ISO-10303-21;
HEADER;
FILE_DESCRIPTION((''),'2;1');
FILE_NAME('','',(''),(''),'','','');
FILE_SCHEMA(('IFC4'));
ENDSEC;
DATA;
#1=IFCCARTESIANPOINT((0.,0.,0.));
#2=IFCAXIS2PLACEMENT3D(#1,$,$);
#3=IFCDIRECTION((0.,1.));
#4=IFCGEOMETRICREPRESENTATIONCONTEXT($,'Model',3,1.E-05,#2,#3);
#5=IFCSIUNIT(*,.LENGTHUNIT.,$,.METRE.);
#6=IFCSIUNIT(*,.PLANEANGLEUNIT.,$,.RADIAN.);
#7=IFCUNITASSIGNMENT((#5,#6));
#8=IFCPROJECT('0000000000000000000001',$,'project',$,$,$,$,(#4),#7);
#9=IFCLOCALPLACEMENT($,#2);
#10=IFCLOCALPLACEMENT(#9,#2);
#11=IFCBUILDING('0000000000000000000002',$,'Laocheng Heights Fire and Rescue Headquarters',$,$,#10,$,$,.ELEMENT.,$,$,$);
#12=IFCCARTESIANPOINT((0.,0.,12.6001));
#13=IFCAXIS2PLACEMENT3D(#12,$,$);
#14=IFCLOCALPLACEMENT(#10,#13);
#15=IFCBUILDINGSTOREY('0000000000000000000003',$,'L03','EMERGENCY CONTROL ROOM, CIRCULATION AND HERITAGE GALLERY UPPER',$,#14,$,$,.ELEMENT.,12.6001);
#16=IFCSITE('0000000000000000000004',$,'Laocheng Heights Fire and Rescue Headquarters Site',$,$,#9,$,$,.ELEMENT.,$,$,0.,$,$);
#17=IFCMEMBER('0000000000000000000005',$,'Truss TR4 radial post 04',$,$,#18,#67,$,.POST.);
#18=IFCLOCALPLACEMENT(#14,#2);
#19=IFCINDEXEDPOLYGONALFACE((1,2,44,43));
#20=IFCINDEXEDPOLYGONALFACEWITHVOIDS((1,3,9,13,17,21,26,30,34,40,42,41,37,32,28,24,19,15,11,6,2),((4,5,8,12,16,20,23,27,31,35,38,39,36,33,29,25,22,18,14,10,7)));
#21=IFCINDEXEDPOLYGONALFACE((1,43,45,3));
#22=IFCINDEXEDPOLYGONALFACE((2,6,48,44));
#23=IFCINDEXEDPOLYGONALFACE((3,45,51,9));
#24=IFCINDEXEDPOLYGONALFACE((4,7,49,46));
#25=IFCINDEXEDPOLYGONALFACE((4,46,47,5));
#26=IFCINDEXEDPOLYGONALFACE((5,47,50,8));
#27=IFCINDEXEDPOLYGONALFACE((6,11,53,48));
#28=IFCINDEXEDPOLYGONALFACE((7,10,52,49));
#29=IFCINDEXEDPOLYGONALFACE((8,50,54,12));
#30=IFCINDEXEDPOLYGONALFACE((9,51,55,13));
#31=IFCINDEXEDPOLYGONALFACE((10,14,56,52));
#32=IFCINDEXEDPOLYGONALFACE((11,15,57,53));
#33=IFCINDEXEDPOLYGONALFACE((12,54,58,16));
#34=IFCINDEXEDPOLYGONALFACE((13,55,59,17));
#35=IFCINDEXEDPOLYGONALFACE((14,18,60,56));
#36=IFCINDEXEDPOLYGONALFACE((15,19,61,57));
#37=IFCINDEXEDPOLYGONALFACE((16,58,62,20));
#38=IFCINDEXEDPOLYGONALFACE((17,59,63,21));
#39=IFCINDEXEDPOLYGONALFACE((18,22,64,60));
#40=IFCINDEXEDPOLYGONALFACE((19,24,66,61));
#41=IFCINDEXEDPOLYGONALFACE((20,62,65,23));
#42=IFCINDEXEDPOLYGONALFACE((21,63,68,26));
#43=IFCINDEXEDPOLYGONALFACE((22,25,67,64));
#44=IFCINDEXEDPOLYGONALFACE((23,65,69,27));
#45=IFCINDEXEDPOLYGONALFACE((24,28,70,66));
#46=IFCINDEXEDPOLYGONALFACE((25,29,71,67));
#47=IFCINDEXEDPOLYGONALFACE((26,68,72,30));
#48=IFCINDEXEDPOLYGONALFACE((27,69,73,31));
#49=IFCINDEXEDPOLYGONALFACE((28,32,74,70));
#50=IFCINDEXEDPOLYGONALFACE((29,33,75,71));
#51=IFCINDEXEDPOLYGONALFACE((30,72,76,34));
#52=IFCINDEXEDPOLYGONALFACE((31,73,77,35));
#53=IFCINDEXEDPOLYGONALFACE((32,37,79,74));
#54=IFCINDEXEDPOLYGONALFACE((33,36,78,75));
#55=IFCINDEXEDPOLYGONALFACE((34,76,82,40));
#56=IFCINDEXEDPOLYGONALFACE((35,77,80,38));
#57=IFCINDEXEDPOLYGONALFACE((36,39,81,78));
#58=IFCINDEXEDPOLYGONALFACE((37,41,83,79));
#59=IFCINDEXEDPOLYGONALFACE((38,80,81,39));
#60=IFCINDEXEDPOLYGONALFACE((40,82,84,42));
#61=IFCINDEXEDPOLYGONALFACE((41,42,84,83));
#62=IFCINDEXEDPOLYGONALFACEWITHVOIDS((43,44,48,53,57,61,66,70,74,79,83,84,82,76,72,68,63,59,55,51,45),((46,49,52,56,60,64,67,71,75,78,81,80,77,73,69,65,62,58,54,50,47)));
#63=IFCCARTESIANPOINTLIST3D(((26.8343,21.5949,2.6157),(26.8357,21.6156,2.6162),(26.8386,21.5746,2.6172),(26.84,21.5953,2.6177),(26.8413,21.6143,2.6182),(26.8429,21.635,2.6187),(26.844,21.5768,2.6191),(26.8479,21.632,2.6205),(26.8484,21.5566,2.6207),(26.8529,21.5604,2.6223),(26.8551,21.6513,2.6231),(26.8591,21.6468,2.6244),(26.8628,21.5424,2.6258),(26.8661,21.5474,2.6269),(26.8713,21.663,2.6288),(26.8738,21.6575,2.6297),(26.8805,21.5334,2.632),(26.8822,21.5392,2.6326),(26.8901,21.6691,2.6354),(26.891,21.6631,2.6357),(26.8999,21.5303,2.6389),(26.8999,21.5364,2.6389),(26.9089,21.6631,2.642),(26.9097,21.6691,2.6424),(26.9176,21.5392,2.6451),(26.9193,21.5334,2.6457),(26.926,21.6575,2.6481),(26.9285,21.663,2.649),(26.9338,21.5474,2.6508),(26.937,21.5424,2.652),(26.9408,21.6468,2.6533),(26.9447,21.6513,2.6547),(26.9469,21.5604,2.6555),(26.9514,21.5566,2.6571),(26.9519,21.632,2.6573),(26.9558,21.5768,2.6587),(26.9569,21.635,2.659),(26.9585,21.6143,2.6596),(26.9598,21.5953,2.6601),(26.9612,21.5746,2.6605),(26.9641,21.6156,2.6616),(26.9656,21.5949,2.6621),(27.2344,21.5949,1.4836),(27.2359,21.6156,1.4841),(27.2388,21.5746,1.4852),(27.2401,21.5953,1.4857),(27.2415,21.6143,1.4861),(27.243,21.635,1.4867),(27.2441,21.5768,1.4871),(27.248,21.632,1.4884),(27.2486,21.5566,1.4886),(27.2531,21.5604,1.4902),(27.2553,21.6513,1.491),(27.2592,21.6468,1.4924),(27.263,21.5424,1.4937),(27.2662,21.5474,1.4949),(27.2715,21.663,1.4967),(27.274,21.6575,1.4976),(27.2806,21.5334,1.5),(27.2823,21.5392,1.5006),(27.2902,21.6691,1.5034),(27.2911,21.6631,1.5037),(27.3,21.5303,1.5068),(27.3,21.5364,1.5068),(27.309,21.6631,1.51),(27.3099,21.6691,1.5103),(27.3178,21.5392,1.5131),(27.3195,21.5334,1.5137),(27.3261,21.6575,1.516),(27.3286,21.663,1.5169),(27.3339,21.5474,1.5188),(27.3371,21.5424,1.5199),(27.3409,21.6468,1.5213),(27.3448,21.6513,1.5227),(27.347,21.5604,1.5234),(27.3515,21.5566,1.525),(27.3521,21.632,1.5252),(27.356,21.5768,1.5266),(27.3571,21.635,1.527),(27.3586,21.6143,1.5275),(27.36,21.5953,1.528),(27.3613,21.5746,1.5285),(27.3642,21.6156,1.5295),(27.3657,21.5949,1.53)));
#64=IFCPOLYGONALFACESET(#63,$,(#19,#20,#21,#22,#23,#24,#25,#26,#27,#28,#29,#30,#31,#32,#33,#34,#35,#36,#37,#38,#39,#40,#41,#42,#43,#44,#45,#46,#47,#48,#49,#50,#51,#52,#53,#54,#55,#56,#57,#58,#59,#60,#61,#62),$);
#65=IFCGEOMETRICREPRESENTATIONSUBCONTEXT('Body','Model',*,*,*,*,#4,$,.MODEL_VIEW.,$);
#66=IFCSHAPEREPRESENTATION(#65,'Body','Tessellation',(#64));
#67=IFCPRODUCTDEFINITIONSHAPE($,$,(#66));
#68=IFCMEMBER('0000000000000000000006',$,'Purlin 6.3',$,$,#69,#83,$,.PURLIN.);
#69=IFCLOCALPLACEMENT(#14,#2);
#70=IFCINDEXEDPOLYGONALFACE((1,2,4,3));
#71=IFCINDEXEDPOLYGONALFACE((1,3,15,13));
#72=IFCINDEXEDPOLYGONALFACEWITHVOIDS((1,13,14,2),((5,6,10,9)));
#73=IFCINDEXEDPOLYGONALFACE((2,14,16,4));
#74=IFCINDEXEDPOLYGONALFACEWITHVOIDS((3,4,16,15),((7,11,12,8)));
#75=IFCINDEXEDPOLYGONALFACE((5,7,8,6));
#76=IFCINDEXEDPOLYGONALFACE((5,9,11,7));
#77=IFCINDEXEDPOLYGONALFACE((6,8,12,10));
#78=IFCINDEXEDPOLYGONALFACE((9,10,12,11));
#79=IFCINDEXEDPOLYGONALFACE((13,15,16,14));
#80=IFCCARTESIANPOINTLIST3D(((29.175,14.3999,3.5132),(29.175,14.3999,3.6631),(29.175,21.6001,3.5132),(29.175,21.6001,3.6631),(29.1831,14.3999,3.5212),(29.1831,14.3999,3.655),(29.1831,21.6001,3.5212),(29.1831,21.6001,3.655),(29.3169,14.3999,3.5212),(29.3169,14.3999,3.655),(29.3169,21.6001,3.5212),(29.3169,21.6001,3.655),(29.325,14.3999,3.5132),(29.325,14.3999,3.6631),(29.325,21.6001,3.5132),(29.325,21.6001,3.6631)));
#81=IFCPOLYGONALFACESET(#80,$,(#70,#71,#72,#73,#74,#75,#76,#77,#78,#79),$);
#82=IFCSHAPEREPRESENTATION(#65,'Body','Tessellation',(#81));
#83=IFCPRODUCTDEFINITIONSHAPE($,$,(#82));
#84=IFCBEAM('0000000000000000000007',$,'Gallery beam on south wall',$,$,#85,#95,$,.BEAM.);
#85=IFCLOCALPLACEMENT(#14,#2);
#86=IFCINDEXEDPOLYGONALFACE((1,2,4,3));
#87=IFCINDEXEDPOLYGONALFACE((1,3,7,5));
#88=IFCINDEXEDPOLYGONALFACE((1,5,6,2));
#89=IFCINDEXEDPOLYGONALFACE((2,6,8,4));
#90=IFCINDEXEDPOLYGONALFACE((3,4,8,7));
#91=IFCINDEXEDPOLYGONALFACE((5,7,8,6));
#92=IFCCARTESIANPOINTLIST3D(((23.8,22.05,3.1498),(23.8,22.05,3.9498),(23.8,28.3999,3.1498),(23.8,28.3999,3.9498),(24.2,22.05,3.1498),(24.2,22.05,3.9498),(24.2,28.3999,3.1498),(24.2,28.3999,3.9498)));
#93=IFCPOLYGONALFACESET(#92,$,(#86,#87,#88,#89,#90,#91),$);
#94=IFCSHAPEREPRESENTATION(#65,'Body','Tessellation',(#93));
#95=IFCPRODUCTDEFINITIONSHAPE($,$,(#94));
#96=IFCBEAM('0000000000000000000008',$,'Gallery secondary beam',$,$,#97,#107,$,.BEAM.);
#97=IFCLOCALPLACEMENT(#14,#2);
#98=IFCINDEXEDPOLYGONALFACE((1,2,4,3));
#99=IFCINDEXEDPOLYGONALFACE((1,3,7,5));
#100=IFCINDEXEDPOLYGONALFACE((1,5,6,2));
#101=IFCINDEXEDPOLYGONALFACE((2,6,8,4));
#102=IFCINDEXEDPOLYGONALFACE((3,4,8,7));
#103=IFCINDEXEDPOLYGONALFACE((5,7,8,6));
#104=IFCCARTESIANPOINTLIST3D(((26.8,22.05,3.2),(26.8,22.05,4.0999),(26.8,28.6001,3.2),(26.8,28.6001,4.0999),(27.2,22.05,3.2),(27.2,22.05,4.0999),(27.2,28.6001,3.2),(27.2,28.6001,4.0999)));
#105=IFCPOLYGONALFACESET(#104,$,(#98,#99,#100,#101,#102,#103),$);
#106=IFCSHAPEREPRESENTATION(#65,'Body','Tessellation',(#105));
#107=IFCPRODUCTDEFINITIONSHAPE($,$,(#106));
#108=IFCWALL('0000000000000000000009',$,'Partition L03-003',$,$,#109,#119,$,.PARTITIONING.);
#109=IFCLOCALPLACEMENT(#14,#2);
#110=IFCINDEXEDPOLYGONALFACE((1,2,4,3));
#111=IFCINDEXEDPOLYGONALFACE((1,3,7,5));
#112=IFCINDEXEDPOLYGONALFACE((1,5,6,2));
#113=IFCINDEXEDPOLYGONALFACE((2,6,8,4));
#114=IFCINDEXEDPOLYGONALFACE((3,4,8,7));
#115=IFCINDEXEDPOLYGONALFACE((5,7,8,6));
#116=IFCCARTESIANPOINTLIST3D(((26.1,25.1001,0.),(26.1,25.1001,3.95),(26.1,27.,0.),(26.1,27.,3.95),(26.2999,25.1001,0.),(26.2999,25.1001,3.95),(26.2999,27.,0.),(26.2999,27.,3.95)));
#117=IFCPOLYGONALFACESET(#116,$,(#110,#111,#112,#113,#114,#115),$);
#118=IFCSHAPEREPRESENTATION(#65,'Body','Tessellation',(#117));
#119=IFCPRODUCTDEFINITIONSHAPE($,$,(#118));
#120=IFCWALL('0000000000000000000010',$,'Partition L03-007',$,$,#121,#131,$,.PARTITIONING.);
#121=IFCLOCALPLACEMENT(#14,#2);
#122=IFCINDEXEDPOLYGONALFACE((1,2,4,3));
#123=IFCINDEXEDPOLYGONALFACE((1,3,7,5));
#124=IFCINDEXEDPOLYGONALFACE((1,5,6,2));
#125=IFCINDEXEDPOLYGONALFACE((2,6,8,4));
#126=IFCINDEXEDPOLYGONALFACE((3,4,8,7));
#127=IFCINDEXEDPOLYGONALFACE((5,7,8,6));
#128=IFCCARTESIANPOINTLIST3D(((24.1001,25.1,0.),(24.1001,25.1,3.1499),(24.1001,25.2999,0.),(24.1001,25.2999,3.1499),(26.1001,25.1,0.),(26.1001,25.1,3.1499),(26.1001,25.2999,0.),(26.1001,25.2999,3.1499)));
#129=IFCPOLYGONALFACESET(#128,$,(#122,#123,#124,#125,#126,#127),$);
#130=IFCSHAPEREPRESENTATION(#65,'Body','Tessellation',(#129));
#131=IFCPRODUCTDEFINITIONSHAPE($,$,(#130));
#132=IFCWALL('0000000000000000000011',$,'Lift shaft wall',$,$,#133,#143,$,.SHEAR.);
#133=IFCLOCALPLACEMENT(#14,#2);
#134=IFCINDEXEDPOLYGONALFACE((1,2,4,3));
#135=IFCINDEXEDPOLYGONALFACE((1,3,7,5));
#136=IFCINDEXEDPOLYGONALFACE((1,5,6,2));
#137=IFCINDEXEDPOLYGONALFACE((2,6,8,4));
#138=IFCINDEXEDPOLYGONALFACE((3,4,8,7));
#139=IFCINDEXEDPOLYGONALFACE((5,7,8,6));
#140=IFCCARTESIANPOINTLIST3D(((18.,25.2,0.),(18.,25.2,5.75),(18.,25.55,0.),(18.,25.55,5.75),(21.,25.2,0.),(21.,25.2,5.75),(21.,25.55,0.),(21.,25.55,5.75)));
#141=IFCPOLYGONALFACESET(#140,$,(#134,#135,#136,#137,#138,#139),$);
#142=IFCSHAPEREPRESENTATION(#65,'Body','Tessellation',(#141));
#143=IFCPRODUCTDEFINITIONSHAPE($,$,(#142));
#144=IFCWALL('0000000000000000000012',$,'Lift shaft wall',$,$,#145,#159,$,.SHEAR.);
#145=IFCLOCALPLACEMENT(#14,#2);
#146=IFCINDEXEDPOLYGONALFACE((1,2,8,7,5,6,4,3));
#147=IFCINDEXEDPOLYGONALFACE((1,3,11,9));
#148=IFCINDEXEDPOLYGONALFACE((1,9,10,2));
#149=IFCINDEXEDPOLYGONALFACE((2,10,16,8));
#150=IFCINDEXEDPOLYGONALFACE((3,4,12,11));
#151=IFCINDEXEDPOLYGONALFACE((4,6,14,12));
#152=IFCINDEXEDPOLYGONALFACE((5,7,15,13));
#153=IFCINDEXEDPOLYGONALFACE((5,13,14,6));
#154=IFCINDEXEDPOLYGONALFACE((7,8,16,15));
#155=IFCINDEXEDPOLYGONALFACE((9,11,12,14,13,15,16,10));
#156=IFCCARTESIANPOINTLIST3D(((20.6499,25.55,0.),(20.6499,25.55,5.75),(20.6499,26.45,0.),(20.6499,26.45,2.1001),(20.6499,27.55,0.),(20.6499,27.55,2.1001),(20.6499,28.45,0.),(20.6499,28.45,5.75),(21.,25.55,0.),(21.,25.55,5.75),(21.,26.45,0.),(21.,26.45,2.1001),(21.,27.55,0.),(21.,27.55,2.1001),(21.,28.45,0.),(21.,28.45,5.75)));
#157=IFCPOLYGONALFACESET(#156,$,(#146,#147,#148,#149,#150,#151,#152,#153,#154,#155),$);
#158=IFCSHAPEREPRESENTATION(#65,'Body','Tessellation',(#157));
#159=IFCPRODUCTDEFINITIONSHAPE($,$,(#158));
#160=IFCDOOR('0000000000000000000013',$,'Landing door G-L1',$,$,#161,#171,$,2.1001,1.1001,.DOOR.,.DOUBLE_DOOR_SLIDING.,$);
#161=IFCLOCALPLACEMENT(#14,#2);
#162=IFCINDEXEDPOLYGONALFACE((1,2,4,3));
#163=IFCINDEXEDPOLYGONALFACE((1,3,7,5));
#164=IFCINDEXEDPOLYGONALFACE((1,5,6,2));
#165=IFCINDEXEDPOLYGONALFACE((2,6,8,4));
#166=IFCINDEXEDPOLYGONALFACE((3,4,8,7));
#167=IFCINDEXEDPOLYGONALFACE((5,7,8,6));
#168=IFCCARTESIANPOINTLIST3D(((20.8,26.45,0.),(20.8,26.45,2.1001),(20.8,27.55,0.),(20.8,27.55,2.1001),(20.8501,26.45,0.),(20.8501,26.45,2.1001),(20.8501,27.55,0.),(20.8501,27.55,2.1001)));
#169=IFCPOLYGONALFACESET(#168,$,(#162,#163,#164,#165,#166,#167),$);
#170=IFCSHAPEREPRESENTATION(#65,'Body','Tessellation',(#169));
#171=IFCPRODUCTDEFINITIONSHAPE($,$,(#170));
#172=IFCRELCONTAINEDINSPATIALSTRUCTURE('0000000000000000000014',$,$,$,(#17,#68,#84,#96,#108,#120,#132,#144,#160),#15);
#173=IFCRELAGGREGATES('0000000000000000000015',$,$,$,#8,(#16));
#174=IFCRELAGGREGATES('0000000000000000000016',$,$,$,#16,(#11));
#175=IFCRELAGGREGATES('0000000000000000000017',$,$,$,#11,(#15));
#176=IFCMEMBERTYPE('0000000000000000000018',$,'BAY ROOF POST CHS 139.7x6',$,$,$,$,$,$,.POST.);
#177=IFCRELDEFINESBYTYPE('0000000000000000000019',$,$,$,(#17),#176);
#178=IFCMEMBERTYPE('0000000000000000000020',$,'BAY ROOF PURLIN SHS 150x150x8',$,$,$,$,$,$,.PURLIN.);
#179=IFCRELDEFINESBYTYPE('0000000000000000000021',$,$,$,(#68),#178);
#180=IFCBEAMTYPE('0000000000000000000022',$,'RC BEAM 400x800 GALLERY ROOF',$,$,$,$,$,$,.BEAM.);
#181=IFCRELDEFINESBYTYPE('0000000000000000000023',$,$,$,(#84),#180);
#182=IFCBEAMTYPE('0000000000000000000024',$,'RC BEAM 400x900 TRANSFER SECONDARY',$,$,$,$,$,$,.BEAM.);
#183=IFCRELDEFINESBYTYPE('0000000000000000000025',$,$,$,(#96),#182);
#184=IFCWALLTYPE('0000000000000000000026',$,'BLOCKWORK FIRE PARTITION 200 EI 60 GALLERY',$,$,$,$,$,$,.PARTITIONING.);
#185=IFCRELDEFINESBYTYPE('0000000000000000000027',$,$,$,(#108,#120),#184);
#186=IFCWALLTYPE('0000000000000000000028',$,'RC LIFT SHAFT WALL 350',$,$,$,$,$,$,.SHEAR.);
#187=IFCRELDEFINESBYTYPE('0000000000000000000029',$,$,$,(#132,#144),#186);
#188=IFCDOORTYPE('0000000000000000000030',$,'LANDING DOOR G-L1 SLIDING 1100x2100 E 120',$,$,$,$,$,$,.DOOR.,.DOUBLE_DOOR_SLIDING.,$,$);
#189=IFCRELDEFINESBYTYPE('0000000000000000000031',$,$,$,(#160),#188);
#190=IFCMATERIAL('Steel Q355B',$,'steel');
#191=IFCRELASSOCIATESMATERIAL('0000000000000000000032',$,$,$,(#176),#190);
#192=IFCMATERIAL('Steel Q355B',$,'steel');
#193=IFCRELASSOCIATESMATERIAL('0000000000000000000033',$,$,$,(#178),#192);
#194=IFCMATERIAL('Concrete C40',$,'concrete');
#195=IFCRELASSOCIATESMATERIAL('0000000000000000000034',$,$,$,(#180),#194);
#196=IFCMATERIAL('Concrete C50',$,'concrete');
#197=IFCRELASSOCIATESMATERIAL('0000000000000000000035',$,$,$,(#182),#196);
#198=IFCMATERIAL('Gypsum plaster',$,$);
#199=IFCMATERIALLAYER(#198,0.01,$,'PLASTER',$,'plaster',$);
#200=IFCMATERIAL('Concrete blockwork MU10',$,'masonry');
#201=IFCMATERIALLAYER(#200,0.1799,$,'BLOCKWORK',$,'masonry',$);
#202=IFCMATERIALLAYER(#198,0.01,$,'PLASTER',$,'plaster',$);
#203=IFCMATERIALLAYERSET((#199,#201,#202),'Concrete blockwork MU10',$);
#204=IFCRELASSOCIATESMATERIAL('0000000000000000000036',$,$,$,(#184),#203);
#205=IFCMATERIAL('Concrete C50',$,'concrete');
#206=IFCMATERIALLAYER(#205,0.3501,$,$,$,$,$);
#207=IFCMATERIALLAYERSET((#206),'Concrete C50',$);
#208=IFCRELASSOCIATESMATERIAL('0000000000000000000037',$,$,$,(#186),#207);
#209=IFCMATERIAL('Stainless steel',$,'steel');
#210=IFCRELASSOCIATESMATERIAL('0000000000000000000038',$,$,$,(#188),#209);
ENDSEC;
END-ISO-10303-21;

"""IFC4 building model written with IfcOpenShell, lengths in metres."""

from ifc_helpers import new_model, si_unit, direction, frame, frame_2d, origin, origin_2d, place, context, subcontext, project, spatial, rectangle, hollow_rectangle, hollow_circle, extrude, material, layer, layer_set, material_profile, profile_set, type_object, element, fill, save


model = new_model("IFC4")

# Units and contexts
model_context = context("Model", 3, precision=1e-05, world=origin(), true_north=direction((0.0, 1.0)))
body_context = subcontext(model_context, "Body", "Model", "MODEL_VIEW")
ifc_project = project(units=[si_unit("LENGTHUNIT", "METRE"), si_unit("PLANEANGLEUNIT", "RADIAN")], contexts=[model_context])

# Site, building, storey
site_placement = place(None, origin())
site = spatial("IfcSite", under=ifc_project, at=site_placement, Name="Laocheng Heights Fire and Rescue Headquarters Site", CompositionType="ELEMENT", RefElevation=0.0)
building_placement = place(site_placement, origin())
building = spatial("IfcBuilding", under=site, at=building_placement, Name="Laocheng Heights Fire and Rescue Headquarters", CompositionType="ELEMENT")
storey_placement = place(building_placement, frame((0.0, 0.0, 12.6001)))
storey = spatial("IfcBuildingStorey", under=building, at=storey_placement, Name="L03", Description="EMERGENCY CONTROL ROOM, CIRCULATION AND HERITAGE GALLERY UPPER", CompositionType="ELEMENT", Elevation=12.6001)

# Members
ifc_material_1 = material(Name="Steel Q355B", Category="steel")
ifc_material_profile_1 = material_profile(ifc_material_1, hollow_circle(Radius=0.0698, WallThickness=0.0061, at=origin_2d()), Name="CHS 139.7x6")
ifc_profile_set_1 = profile_set([ifc_material_profile_1], Name="Steel Q355B")
member_type_1 = type_object("IfcMemberType", Name="BAY ROOF POST CHS 139.7x6", PredefinedType="POST", material=ifc_profile_set_1)
member_1_placement = place(storey_placement, frame((27.3, 21.6001, 1.5068), z_axis=(-0.333256, 0.0, 0.942836), x_axis=(0.0, -1.0, 0.0)))
element("IfcMember", 1, at=member_1_placement, inside=storey, type_object=member_type_1, Name="Truss TR4 radial post 04", PredefinedType="POST", context=body_context, shape_type="SweptSolid", body=[
    extrude(hollow_circle(Radius=0.0698, WallThickness=0.0061, at=origin_2d()), origin(), (0.0, 0.0, 1.0), 1.2007),
])
ifc_material_2 = material(Name="Steel Q355B", Category="steel")
ifc_material_profile_2 = material_profile(ifc_material_2, hollow_rectangle(XDim=0.1499, YDim=0.1499, WallThickness=0.0081, at=origin_2d()), Name="SHS 150x150x8")
ifc_profile_set_2 = profile_set([ifc_material_profile_2], Name="Steel Q355B")
member_type_2 = type_object("IfcMemberType", Name="BAY ROOF PURLIN SHS 150x150x8", PredefinedType="PURLIN", material=ifc_profile_set_2)
member_2_placement = place(storey_placement, frame((29.25, 14.3999, 3.5881), z_axis=(0.0, 1.0, 0.0), x_axis=(-1.0, 0.0, 0.0)))
element("IfcMember", 2, at=member_2_placement, inside=storey, type_object=member_type_2, Name="Purlin 6.3", PredefinedType="PURLIN", context=body_context, shape_type="SweptSolid", body=[
    extrude(hollow_rectangle(XDim=0.1499, YDim=0.1499, WallThickness=0.0081, at=origin_2d()), origin(), (0.0, 0.0, 1.0), 7.2002),
])

# Beams
ifc_material_3 = material(Name="Concrete C40", Category="concrete")
ifc_material_profile_3 = material_profile(ifc_material_3, rectangle(XDim=0.3999, YDim=0.8, at=origin_2d()), Name="RC BEAM 400x800 GALLERY ROOF")
ifc_profile_set_3 = profile_set([ifc_material_profile_3], Name="Concrete C40")
beam_type_1 = type_object("IfcBeamType", Name="RC BEAM 400x800 GALLERY ROOF", PredefinedType="BEAM", material=ifc_profile_set_3)
beam_1_placement = place(storey_placement, frame((24.0, 22.05, 3.5498), z_axis=(0.0, 1.0, 0.0), x_axis=(-1.0, 0.0, 0.0)))
element("IfcBeam", 3, at=beam_1_placement, inside=storey, type_object=beam_type_1, Name="Gallery beam on south wall", PredefinedType="BEAM", context=body_context, shape_type="SweptSolid", body=[
    extrude(rectangle(XDim=0.3999, YDim=0.8, at=origin_2d()), origin(), (0.0, 0.0, 1.0), 6.3499),
])
ifc_material_4 = material(Name="Concrete C50", Category="concrete")
ifc_material_profile_4 = material_profile(ifc_material_4, rectangle(XDim=0.3999, YDim=0.8999, at=origin_2d()), Name="RC BEAM 400x900 TRANSFER SECONDARY")
ifc_profile_set_4 = profile_set([ifc_material_profile_4], Name="Concrete C50")
beam_type_2 = type_object("IfcBeamType", Name="RC BEAM 400x900 TRANSFER SECONDARY", PredefinedType="BEAM", material=ifc_profile_set_4)
beam_2_placement = place(storey_placement, frame((27.0, 22.05, 3.6499), z_axis=(0.0, 1.0, 0.0), x_axis=(-1.0, 0.0, 0.0)))
element("IfcBeam", 4, at=beam_2_placement, inside=storey, type_object=beam_type_2, Name="Gallery secondary beam", PredefinedType="BEAM", context=body_context, shape_type="SweptSolid", body=[
    extrude(rectangle(XDim=0.3999, YDim=0.8999, at=origin_2d()), origin(), (0.0, 0.0, 1.0), 6.55),
])

# Shared definitions
ifc_material_5 = material(Name="Gypsum plaster")
ifc_layer_1 = layer(ifc_material_5, 0.01, Name="PLASTER", Category="plaster")
ifc_material_6 = material(Name="Concrete blockwork MU10", Category="masonry")
ifc_layer_2 = layer(ifc_material_6, 0.1799, Name="BLOCKWORK", Category="masonry")
ifc_layer_3 = layer(ifc_material_5, 0.01, Name="PLASTER", Category="plaster")
ifc_layer_set_1 = layer_set([ifc_layer_1, ifc_layer_2, ifc_layer_3], Name="Concrete blockwork MU10")
wall_type_1 = type_object("IfcWallType", Name="BLOCKWORK FIRE PARTITION 200 EI 60 GALLERY", PredefinedType="PARTITIONING", material=ifc_layer_set_1)

# Walls
wall_1_placement = place(storey_placement, frame((26.2, 25.1001, 0.0), z_axis=(0.0, 0.0, 1.0), x_axis=(0.0, 1.0, 0.0)))
element("IfcWall", 5, at=wall_1_placement, inside=storey, type_object=wall_type_1, Name="Partition L03-003", PredefinedType="PARTITIONING", context=body_context, shape_type="SweptSolid", body=[
    extrude(rectangle(XDim=1.8999, YDim=0.2, at=frame_2d((0.95, 0.0))), origin(), (0.0, 0.0, 1.0), 3.95),
])
wall_2_placement = place(storey_placement, frame((24.1001, 25.2, 0.0), z_axis=(0.0, 0.0, 1.0), x_axis=(1.0, 0.0, 0.0)))
element("IfcWall", 6, at=wall_2_placement, inside=storey, type_object=wall_type_1, Name="Partition L03-007", PredefinedType="PARTITIONING", context=body_context, shape_type="SweptSolid", body=[
    extrude(rectangle(XDim=2.0, YDim=0.2, at=frame_2d((1.0, 0.0))), origin(), (0.0, 0.0, 1.0), 3.1499),
])
ifc_material_7 = material(Name="Concrete C50", Category="concrete")
ifc_layer_4 = layer(ifc_material_7, 0.3501)
ifc_layer_set_2 = layer_set([ifc_layer_4], Name="Concrete C50")
wall_type_2 = type_object("IfcWallType", Name="RC LIFT SHAFT WALL 350", PredefinedType="SHEAR", material=ifc_layer_set_2)
wall_3_placement = place(storey_placement, frame((18.0, 25.375, 0.0), z_axis=(0.0, 0.0, 1.0), x_axis=(1.0, 0.0, 0.0)))
element("IfcWall", 7, at=wall_3_placement, inside=storey, type_object=wall_type_2, Name="Lift shaft wall", PredefinedType="SHEAR", context=body_context, shape_type="SweptSolid", body=[
    extrude(rectangle(XDim=3.0, YDim=0.3501, at=frame_2d((1.5, 0.0))), origin(), (0.0, 0.0, 1.0), 5.75),
])

# Wall, opening, door
wall_4_placement = place(storey_placement, frame((20.825, 25.55, 0.0), z_axis=(0.0, 0.0, 1.0), x_axis=(0.0, 1.0, 0.0)))
wall_4 = element("IfcWall", 8, at=wall_4_placement, inside=storey, type_object=wall_type_2, Name="Lift shaft wall", PredefinedType="SHEAR", context=body_context, shape_type="SweptSolid", body=[
    extrude(rectangle(XDim=2.8999, YDim=0.3501, at=frame_2d((1.45, 0.0))), origin(), (0.0, 0.0, 1.0), 5.75),
])
opening_1_placement = place(wall_4_placement, frame((0.8999, 0.0, 0.0)))
opening_1 = element("IfcOpeningElement", 9, at=opening_1_placement, cuts=wall_4, PredefinedType="OPENING", context=body_context, shape_type="SweptSolid", body=[
    extrude(rectangle(XDim=1.1001, YDim=2.1001, at=frame_2d((0.55, 1.05))), frame((0.0, 0.1851, 0.0), z_axis=(0.0, -1.0, 0.0), x_axis=(1.0, 0.0, 0.0)), (0.0, 0.0, 1.0), 0.3701),
])
ifc_material_8 = material(Name="Stainless steel", Category="steel")
door_type_1 = type_object("IfcDoorType", Name="LANDING DOOR G-L1 SLIDING 1100x2100 E 120", OperationType="DOUBLE_DOOR_SLIDING", PredefinedType="DOOR", material=ifc_material_8)
door_1_placement = place(opening_1_placement, origin())
door_1 = element("IfcDoor", 10, at=door_1_placement, inside=storey, type_object=door_type_1, Name="Landing door G-L1", OperationType="DOUBLE_DOOR_SLIDING", OverallHeight=2.1001, OverallWidth=1.1001, PredefinedType="DOOR", context=body_context, shape_type="SweptSolid", body=[
    extrude(rectangle(XDim=1.1001, YDim=2.1001, at=frame_2d((0.55, 1.05))), frame((0.0, 0.0249, 0.0), z_axis=(0.0, -1.0, 0.0), x_axis=(1.0, 0.0, 0.0)), (0.0, 0.0, 1.0), 0.05),
])
fill(opening_1, door_1)

save(model, "model.ifc")
